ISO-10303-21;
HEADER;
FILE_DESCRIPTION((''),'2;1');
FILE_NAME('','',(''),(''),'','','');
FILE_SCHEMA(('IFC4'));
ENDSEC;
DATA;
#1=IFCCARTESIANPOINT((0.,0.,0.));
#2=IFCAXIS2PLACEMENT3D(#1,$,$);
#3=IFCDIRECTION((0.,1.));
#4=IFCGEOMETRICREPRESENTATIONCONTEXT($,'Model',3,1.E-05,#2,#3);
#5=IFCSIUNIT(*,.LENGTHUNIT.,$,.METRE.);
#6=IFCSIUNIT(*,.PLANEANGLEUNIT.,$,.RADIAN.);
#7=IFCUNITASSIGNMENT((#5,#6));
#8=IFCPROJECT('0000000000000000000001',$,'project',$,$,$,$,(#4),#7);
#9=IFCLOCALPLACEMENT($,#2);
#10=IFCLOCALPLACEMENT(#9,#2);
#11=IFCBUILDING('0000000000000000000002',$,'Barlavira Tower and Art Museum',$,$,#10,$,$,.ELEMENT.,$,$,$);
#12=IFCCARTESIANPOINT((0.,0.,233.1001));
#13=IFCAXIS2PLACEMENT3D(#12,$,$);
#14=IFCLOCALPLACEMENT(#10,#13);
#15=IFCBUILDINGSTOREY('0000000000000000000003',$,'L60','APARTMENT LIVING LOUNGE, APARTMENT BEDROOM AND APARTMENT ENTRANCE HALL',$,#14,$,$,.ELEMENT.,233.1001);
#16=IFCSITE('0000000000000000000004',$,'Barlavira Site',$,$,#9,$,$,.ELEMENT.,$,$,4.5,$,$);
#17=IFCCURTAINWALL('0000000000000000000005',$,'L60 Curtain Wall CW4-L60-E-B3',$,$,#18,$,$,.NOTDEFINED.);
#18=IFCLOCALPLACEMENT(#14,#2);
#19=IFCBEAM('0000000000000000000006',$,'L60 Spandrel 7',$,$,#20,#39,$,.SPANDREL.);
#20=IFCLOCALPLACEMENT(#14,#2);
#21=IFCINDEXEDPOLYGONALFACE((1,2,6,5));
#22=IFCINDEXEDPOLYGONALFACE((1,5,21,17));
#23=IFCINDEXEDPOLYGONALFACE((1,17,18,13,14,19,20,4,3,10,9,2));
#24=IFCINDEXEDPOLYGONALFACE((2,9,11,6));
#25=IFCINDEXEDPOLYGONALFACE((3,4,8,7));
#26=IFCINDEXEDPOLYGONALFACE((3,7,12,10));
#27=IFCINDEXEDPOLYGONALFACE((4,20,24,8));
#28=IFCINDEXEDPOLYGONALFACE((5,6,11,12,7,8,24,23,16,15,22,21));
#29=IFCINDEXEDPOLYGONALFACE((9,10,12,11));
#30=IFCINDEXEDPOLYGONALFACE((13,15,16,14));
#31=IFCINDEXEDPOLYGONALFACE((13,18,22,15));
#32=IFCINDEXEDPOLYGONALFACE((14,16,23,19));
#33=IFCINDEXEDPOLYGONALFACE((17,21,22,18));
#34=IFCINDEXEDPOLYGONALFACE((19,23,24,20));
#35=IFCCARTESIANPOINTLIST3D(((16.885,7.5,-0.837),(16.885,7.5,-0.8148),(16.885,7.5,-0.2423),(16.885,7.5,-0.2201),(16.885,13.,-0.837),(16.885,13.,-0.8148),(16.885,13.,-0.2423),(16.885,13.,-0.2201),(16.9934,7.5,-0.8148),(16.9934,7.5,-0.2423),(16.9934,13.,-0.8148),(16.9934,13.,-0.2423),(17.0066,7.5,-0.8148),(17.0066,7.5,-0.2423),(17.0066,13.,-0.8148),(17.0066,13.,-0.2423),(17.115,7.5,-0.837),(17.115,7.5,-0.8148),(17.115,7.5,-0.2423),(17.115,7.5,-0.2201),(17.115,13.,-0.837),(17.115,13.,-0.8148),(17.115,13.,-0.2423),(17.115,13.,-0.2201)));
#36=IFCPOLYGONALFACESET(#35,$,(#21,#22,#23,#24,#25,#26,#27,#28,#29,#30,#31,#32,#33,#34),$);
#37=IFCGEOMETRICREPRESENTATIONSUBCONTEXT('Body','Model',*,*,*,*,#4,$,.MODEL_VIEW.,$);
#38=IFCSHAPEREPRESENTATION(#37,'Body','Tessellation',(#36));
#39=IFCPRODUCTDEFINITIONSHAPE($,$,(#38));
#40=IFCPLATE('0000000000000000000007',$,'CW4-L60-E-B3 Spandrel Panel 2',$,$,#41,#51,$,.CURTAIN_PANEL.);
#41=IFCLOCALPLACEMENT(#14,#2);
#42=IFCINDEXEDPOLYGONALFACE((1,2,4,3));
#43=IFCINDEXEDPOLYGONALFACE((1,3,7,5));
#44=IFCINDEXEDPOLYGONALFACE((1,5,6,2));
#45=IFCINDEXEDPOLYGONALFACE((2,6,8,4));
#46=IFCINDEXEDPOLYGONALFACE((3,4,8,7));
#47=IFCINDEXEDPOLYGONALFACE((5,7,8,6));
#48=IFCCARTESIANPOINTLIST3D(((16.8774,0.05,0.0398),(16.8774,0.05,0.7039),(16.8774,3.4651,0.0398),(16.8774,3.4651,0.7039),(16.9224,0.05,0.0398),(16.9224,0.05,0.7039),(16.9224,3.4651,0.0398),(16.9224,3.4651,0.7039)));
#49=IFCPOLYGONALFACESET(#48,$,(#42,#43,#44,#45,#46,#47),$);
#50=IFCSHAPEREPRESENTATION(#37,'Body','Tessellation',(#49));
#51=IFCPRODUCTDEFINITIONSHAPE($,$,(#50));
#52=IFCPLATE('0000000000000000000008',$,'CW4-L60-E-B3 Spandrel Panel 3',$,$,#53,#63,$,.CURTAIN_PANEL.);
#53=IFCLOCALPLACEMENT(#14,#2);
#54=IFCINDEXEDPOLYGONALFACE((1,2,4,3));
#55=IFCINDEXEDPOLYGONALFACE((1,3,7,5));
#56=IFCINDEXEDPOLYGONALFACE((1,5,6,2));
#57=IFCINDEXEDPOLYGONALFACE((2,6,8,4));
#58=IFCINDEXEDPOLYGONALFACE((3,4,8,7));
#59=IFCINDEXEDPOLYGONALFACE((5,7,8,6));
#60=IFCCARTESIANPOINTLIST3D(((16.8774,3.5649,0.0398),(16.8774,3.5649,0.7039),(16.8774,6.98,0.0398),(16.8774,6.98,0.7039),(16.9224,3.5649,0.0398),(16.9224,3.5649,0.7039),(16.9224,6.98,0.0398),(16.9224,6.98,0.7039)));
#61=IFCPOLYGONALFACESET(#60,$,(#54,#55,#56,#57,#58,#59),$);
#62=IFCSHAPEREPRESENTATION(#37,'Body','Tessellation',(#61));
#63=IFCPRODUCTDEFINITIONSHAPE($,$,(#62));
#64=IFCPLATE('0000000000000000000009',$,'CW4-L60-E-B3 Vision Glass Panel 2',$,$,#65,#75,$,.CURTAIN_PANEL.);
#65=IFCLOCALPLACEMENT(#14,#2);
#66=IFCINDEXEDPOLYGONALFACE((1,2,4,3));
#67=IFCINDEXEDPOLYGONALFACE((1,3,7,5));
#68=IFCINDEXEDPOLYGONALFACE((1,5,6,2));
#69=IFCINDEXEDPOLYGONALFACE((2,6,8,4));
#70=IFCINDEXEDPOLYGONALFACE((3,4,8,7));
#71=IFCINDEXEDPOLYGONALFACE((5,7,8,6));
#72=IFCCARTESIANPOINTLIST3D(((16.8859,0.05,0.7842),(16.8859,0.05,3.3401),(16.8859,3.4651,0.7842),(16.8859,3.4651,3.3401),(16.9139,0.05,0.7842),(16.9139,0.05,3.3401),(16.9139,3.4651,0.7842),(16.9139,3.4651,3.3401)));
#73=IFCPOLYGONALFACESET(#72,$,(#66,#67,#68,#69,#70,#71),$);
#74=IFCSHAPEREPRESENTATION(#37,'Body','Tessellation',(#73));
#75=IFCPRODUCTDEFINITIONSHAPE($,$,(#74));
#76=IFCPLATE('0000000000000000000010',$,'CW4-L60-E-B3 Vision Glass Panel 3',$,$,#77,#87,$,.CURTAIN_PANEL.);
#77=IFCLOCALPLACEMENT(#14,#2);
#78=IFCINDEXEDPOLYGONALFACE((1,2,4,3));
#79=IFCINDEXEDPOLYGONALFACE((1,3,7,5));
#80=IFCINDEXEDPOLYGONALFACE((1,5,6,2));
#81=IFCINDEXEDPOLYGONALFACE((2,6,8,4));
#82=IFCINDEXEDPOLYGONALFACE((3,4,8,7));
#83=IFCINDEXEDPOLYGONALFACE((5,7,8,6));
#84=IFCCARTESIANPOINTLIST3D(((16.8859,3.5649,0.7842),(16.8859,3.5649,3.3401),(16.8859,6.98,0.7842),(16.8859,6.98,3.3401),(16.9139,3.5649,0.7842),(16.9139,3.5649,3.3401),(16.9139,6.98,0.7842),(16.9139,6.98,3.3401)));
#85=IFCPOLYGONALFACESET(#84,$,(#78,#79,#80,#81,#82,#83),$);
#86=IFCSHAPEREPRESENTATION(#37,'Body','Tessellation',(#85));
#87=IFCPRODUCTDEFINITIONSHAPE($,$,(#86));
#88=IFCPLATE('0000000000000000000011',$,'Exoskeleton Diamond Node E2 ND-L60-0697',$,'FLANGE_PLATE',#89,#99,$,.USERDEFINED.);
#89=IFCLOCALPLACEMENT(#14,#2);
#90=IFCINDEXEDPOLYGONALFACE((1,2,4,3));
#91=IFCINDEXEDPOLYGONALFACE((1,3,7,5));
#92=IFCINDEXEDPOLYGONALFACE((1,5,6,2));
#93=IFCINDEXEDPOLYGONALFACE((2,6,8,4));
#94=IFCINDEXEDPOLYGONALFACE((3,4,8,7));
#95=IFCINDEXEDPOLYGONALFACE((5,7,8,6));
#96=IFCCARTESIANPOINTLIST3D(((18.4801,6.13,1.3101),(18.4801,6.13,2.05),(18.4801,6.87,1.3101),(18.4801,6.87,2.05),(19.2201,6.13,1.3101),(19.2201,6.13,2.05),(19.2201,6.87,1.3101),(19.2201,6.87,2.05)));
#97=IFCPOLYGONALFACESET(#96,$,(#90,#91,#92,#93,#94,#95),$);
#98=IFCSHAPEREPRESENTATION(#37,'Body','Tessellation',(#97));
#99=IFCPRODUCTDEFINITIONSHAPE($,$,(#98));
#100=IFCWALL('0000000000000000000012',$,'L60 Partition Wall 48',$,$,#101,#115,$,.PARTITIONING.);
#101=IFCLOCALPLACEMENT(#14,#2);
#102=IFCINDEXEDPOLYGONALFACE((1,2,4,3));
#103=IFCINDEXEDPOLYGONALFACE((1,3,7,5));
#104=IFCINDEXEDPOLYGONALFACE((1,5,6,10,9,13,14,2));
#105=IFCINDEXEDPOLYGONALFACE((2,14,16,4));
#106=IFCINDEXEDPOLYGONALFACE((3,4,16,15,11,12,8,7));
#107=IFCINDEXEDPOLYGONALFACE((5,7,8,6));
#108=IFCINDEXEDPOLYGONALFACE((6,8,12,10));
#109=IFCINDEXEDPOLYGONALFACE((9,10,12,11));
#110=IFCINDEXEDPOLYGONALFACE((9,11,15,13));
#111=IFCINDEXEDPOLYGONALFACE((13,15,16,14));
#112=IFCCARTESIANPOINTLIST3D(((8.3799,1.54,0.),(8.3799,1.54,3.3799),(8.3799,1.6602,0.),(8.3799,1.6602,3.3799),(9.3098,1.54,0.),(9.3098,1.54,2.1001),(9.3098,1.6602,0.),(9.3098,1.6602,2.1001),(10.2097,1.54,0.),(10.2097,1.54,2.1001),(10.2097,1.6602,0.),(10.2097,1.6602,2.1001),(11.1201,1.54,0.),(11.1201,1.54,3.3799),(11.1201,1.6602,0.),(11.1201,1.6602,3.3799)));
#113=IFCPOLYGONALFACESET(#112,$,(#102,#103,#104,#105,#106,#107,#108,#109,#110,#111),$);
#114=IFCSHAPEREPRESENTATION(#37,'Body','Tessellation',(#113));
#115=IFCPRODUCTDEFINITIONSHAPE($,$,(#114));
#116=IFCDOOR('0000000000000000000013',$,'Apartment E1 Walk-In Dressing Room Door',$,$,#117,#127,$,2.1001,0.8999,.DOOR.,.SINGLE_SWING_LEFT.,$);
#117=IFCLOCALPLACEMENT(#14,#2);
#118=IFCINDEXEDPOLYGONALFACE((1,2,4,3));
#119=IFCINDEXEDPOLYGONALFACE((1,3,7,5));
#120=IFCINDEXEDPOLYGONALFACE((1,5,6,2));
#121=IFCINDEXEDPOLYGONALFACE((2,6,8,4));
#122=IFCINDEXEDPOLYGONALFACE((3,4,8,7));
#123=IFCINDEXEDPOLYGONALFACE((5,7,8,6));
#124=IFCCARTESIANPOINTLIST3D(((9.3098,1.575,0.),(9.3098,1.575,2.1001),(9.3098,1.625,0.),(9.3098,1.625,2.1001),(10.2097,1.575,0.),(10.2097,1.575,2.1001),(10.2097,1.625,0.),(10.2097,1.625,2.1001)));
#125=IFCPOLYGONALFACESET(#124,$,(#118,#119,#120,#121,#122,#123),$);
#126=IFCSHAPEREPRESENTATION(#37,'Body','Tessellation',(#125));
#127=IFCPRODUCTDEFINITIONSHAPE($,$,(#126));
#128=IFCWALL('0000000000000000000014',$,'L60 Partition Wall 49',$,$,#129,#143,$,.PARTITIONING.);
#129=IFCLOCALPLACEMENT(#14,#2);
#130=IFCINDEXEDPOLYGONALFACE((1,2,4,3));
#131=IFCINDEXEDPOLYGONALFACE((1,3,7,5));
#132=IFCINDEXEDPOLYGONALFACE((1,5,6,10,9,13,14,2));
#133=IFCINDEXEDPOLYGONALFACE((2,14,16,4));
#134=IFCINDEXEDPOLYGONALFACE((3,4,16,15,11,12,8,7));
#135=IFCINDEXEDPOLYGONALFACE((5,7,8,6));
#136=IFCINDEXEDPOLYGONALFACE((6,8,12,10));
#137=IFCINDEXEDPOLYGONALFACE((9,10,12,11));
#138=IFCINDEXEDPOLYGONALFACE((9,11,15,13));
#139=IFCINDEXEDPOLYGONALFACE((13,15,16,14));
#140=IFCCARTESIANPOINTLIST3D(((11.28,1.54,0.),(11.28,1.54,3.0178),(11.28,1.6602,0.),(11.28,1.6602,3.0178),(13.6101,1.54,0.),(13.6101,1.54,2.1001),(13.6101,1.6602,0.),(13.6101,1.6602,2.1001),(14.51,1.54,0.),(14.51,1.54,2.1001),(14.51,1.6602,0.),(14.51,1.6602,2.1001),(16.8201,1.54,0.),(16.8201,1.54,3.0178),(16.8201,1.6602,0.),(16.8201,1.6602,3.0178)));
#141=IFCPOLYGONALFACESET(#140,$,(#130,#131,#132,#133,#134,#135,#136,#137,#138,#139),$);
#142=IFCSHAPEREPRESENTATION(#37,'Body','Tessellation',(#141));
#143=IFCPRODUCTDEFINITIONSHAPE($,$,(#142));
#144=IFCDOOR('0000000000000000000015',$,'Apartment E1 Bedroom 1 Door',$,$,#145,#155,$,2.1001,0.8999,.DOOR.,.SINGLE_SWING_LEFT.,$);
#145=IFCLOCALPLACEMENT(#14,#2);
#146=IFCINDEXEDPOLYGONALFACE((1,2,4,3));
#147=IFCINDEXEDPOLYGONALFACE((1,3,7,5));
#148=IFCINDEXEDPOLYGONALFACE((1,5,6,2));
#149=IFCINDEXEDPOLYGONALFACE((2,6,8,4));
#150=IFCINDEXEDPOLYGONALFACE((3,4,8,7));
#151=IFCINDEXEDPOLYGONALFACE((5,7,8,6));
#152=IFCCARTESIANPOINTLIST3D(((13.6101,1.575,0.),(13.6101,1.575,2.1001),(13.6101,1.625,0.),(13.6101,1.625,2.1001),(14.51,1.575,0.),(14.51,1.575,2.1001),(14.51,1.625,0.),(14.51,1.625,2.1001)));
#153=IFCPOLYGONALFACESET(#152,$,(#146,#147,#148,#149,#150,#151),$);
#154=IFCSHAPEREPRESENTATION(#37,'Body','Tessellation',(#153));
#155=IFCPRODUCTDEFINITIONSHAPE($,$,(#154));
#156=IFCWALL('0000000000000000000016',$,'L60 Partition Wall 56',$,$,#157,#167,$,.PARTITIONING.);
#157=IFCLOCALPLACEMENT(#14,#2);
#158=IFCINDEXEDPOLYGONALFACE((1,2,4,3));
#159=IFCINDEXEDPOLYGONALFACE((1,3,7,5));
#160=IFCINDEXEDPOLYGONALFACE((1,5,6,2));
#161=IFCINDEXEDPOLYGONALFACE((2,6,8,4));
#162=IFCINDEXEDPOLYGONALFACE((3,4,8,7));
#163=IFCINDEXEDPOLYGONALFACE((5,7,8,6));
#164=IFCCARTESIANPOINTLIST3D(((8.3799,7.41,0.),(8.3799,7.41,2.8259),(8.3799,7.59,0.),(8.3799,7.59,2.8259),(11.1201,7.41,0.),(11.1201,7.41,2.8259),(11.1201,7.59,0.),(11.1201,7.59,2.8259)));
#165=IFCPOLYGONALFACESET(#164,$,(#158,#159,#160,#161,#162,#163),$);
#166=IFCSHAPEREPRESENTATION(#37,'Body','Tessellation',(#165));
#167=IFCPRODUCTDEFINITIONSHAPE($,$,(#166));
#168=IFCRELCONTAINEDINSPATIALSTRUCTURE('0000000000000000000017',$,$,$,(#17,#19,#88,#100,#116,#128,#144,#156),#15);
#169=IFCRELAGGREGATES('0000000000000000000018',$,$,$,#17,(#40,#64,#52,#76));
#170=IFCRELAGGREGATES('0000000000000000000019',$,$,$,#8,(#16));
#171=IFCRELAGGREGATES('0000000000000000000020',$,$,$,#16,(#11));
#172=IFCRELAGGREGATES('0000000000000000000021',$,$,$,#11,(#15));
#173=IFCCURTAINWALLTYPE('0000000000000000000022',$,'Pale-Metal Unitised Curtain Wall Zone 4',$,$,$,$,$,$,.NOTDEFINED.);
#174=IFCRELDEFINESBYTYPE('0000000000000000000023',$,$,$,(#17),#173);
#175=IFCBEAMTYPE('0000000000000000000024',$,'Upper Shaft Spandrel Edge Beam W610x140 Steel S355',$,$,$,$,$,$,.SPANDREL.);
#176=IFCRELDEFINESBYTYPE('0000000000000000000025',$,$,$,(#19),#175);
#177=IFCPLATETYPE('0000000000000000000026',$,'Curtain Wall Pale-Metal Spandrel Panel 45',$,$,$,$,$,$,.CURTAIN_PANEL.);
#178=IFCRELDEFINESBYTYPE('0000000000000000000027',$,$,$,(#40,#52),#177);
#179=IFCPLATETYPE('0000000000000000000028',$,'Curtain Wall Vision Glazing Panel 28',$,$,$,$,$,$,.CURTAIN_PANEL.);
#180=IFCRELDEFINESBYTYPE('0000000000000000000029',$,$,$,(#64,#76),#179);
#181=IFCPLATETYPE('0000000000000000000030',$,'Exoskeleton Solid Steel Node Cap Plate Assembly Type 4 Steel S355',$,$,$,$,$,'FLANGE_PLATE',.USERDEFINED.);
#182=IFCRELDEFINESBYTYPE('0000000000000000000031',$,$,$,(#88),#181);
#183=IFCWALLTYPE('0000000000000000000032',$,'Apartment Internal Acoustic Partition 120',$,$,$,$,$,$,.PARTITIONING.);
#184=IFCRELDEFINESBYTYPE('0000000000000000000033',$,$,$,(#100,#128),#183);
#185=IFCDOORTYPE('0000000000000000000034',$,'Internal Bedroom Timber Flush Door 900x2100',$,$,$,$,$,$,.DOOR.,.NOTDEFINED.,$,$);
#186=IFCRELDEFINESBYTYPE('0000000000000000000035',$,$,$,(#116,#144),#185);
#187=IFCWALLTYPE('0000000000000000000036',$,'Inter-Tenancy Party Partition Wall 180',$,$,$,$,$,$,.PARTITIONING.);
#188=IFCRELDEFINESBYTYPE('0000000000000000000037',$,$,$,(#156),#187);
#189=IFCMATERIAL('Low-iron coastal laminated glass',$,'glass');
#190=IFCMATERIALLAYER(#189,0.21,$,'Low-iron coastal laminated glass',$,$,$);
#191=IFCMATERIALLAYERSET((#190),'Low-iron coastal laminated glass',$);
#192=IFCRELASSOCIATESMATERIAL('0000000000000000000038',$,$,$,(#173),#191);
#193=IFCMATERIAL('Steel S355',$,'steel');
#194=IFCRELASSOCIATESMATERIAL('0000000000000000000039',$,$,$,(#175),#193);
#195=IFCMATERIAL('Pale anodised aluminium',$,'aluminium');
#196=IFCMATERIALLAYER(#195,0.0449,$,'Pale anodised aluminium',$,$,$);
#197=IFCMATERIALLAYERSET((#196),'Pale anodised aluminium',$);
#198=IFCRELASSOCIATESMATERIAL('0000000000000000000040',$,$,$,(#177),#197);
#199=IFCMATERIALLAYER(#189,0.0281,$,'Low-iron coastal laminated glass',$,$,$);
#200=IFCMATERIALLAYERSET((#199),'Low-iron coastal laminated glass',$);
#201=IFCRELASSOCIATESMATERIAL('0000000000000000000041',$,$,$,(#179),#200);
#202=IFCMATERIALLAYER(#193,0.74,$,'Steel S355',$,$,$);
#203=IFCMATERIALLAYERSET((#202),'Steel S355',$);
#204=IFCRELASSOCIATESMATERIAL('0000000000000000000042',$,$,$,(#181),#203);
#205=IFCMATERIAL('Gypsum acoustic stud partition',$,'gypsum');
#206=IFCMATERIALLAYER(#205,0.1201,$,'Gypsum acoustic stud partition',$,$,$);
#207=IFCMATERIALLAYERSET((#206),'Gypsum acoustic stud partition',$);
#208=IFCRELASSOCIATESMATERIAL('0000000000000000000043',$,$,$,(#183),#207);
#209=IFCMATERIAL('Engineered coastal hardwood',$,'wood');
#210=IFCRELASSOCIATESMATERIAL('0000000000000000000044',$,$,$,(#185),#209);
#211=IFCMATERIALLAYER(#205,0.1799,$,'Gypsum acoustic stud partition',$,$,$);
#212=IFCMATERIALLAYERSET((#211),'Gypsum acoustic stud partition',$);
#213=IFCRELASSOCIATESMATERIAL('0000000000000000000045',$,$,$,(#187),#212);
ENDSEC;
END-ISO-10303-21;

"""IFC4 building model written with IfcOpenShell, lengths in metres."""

from ifc_helpers import new_model, si_unit, direction, frame, frame_2d, origin, origin_2d, place, context, subcontext, project, spatial, rectangle, i_section, extrude, material, layer, layer_set, material_profile, profile_set, type_object, element, fill, aggregate, save


model = new_model("IFC4")

# Units and contexts
model_context = context("Model", 3, precision=1e-05, world=origin(), true_north=direction((0.0, 1.0)))
body_context = subcontext(model_context, "Body", "Model", "MODEL_VIEW")
ifc_project = project(units=[si_unit("LENGTHUNIT", "METRE"), si_unit("PLANEANGLEUNIT", "RADIAN")], contexts=[model_context])

# Site, building, storey
site_placement = place(None, origin())
site = spatial("IfcSite", under=ifc_project, at=site_placement, Name="Barlavira Site", CompositionType="ELEMENT", RefElevation=4.5)
building_placement = place(site_placement, origin())
building = spatial("IfcBuilding", under=site, at=building_placement, Name="Barlavira Tower and Art Museum", CompositionType="ELEMENT")
storey_placement = place(building_placement, frame((0.0, 0.0, 233.1001)))
storey = spatial("IfcBuildingStorey", under=building, at=storey_placement, Name="L60", Description="APARTMENT LIVING LOUNGE, APARTMENT BEDROOM AND APARTMENT ENTRANCE HALL", CompositionType="ELEMENT", Elevation=233.1001)

# Curtain wall
ifc_material_1 = material(Name="Low-iron coastal laminated glass", Category="glass")
ifc_layer_1 = layer(ifc_material_1, 0.21, Name="Low-iron coastal laminated glass")
ifc_layer_set_1 = layer_set([ifc_layer_1], Name="Low-iron coastal laminated glass")
curtain_wall_type = type_object("IfcCurtainWallType", Name="Pale-Metal Unitised Curtain Wall Zone 4", PredefinedType="NOTDEFINED", material=ifc_layer_set_1)
curtain_wall_placement = place(storey_placement, origin())
curtain_wall = element("IfcCurtainWall", 1, at=curtain_wall_placement, inside=storey, type_object=curtain_wall_type, Name="L60 Curtain Wall CW4-L60-E-B3", PredefinedType="NOTDEFINED")
ifc_material_2 = material(Name="Pale anodised aluminium", Category="aluminium")

# Beam
ifc_material_3 = material(Name="Steel S355", Category="steel")
ifc_material_profile_1 = material_profile(ifc_material_3, i_section(OverallWidth=0.23, OverallDepth=0.6169, WebThickness=0.0132, FlangeThickness=0.0222, at=origin_2d()), Name="W610x140.0")
ifc_profile_set_1 = profile_set([ifc_material_profile_1], Name="Steel S355")
beam_type = type_object("IfcBeamType", Name="Upper Shaft Spandrel Edge Beam W610x140 Steel S355", PredefinedType="SPANDREL", material=ifc_profile_set_1)
beam_placement = place(storey_placement, frame((17.0, 7.5, -0.5286), z_axis=(0.0, 1.0, 0.0), x_axis=(-1.0, 0.0, 0.0)))
element("IfcBeam", 2, at=beam_placement, inside=storey, type_object=beam_type, Name="L60 Spandrel 7", PredefinedType="SPANDREL", context=body_context, shape_type="SweptSolid", body=[
    extrude(i_section(OverallWidth=0.23, OverallDepth=0.6169, WebThickness=0.0132, FlangeThickness=0.0222, at=origin_2d()), origin(), (0.0, 0.0, 1.0), 5.5),
])

# Plates
ifc_layer_2 = layer(ifc_material_2, 0.0449, Name="Pale anodised aluminium")
ifc_layer_set_2 = layer_set([ifc_layer_2], Name="Pale anodised aluminium")
plate_type_1 = type_object("IfcPlateType", Name="Curtain Wall Pale-Metal Spandrel Panel 45", PredefinedType="CURTAIN_PANEL", material=ifc_layer_set_2)
plate_1_placement = place(storey_placement, frame((16.8999, 1.7576, 0.0398), z_axis=(0.0, 0.0, 1.0), x_axis=(0.0, 1.0, 0.0)))
plate_1 = element("IfcPlate", 3, at=plate_1_placement, type_object=plate_type_1, Name="CW4-L60-E-B3 Spandrel Panel 2", PredefinedType="CURTAIN_PANEL", context=body_context, shape_type="SweptSolid", body=[
    extrude(rectangle(XDim=3.415, YDim=0.0449, at=origin_2d()), origin(), (0.0, 0.0, 1.0), 0.6641),
])
plate_2_placement = place(storey_placement, frame((16.8999, 5.2725, 0.0398), z_axis=(0.0, 0.0, 1.0), x_axis=(0.0, 1.0, 0.0)))
plate_2 = element("IfcPlate", 4, at=plate_2_placement, type_object=plate_type_1, Name="CW4-L60-E-B3 Spandrel Panel 3", PredefinedType="CURTAIN_PANEL", context=body_context, shape_type="SweptSolid", body=[
    extrude(rectangle(XDim=3.415, YDim=0.0449, at=origin_2d()), origin(), (0.0, 0.0, 1.0), 0.6641),
])
ifc_layer_3 = layer(ifc_material_1, 0.0281, Name="Low-iron coastal laminated glass")
ifc_layer_set_3 = layer_set([ifc_layer_3], Name="Low-iron coastal laminated glass")
plate_type_2 = type_object("IfcPlateType", Name="Curtain Wall Vision Glazing Panel 28", PredefinedType="CURTAIN_PANEL", material=ifc_layer_set_3)
plate_3_placement = place(storey_placement, frame((16.8999, 1.7576, 0.7842), z_axis=(0.0, 0.0, 1.0), x_axis=(0.0, 1.0, 0.0)))
plate_3 = element("IfcPlate", 5, at=plate_3_placement, type_object=plate_type_2, Name="CW4-L60-E-B3 Vision Glass Panel 2", PredefinedType="CURTAIN_PANEL", context=body_context, shape_type="SweptSolid", body=[
    extrude(rectangle(XDim=3.415, YDim=0.0281, at=origin_2d()), origin(), (0.0, 0.0, 1.0), 2.5559),
])
plate_4_placement = place(storey_placement, frame((16.8999, 5.2725, 0.7842), z_axis=(0.0, 0.0, 1.0), x_axis=(0.0, 1.0, 0.0)))
plate_4 = element("IfcPlate", 6, at=plate_4_placement, type_object=plate_type_2, Name="CW4-L60-E-B3 Vision Glass Panel 3", PredefinedType="CURTAIN_PANEL", context=body_context, shape_type="SweptSolid", body=[
    extrude(rectangle(XDim=3.415, YDim=0.0281, at=origin_2d()), origin(), (0.0, 0.0, 1.0), 2.5559),
])
aggregate(curtain_wall, [plate_1, plate_3, plate_2, plate_4])
ifc_layer_4 = layer(ifc_material_3, 0.74, Name="Steel S355")
ifc_layer_set_4 = layer_set([ifc_layer_4], Name="Steel S355")
plate_type_3 = type_object("IfcPlateType", Name="Exoskeleton Solid Steel Node Cap Plate Assembly Type 4 Steel S355", ElementType="FLANGE_PLATE", PredefinedType="USERDEFINED", material=ifc_layer_set_4)
plate_5_placement = place(storey_placement, frame((18.8501, 6.5, 1.3101), z_axis=(0.0, 0.0, 1.0), x_axis=(1.0, 0.0, 0.0)))
element("IfcPlate", 7, at=plate_5_placement, inside=storey, type_object=plate_type_3, Name="Exoskeleton Diamond Node E2 ND-L60-0697", ObjectType="FLANGE_PLATE", PredefinedType="USERDEFINED", context=body_context, shape_type="SweptSolid", body=[
    extrude(rectangle(XDim=0.74, YDim=0.74, at=origin_2d()), origin(), (0.0, 0.0, 1.0), 0.74),
])

# Walls, openings, doors
ifc_material_4 = material(Name="Gypsum acoustic stud partition", Category="gypsum")
ifc_layer_5 = layer(ifc_material_4, 0.1201, Name="Gypsum acoustic stud partition")
ifc_layer_set_5 = layer_set([ifc_layer_5], Name="Gypsum acoustic stud partition")
wall_type_1 = type_object("IfcWallType", Name="Apartment Internal Acoustic Partition 120", PredefinedType="PARTITIONING", material=ifc_layer_set_5)
wall_1_placement = place(storey_placement, frame((8.3799, 1.6001, 0.0), z_axis=(0.0, 0.0, 1.0), x_axis=(1.0, 0.0, 0.0)))
wall_1 = element("IfcWall", 8, at=wall_1_placement, inside=storey, type_object=wall_type_1, Name="L60 Partition Wall 48", PredefinedType="PARTITIONING", context=body_context, shape_type="SweptSolid", body=[
    extrude(rectangle(XDim=2.7402, YDim=0.1201, at=frame_2d((1.3701, 0.0))), origin(), (0.0, 0.0, 1.0), 3.3799),
])
opening_1_placement = place(wall_1_placement, frame((0.9299, 0.0, 0.0)))
opening_1 = element("IfcOpeningElement", 9, at=opening_1_placement, cuts=wall_1, PredefinedType="OPENING", context=body_context, shape_type="SweptSolid", body=[
    extrude(rectangle(XDim=0.8999, YDim=2.1001, at=frame_2d((0.45, 1.05))), frame((0.0, 0.0701, 0.0), z_axis=(0.0, -1.0, 0.0), x_axis=(1.0, 0.0, 0.0)), (0.0, 0.0, 1.0), 0.1401),
])
ifc_material_5 = material(Name="Engineered coastal hardwood", Category="wood")
door_type = type_object("IfcDoorType", Name="Internal Bedroom Timber Flush Door 900x2100", OperationType="NOTDEFINED", PredefinedType="DOOR", material=ifc_material_5)
door_1_placement = place(opening_1_placement, origin())
door_1 = element("IfcDoor", 10, at=door_1_placement, inside=storey, type_object=door_type, Name="Apartment E1 Walk-In Dressing Room Door", OperationType="SINGLE_SWING_LEFT", OverallHeight=2.1001, OverallWidth=0.8999, PredefinedType="DOOR", context=body_context, shape_type="SweptSolid", body=[
    extrude(rectangle(XDim=0.8999, YDim=2.1001, at=frame_2d((0.45, 1.05))), frame((0.0, 0.0249, 0.0), z_axis=(0.0, -1.0, 0.0), x_axis=(1.0, 0.0, 0.0)), (0.0, 0.0, 1.0), 0.05),
])
fill(opening_1, door_1)
wall_2_placement = place(storey_placement, frame((11.28, 1.6001, 0.0), z_axis=(0.0, 0.0, 1.0), x_axis=(1.0, 0.0, 0.0)))
wall_2 = element("IfcWall", 11, at=wall_2_placement, inside=storey, type_object=wall_type_1, Name="L60 Partition Wall 49", PredefinedType="PARTITIONING", context=body_context, shape_type="SweptSolid", body=[
    extrude(rectangle(XDim=5.54, YDim=0.1201, at=frame_2d((2.77, 0.0))), origin(), (0.0, 0.0, 1.0), 3.0178),
])
opening_2_placement = place(wall_2_placement, frame((2.3301, 0.0, 0.0)))
opening_2 = element("IfcOpeningElement", 12, at=opening_2_placement, cuts=wall_2, PredefinedType="OPENING", context=body_context, shape_type="SweptSolid", body=[
    extrude(rectangle(XDim=0.8999, YDim=2.1001, at=frame_2d((0.45, 1.05))), frame((0.0, 0.0701, 0.0), z_axis=(0.0, -1.0, 0.0), x_axis=(1.0, 0.0, 0.0)), (0.0, 0.0, 1.0), 0.1401),
])
door_2_placement = place(opening_2_placement, origin())
door_2 = element("IfcDoor", 13, at=door_2_placement, inside=storey, type_object=door_type, Name="Apartment E1 Bedroom 1 Door", OperationType="SINGLE_SWING_LEFT", OverallHeight=2.1001, OverallWidth=0.8999, PredefinedType="DOOR", context=body_context, shape_type="SweptSolid", body=[
    extrude(rectangle(XDim=0.8999, YDim=2.1001, at=frame_2d((0.45, 1.05))), frame((0.0, 0.0249, 0.0), z_axis=(0.0, -1.0, 0.0), x_axis=(1.0, 0.0, 0.0)), (0.0, 0.0, 1.0), 0.05),
])
fill(opening_2, door_2)

# Wall
ifc_layer_6 = layer(ifc_material_4, 0.1799, Name="Gypsum acoustic stud partition")
ifc_layer_set_6 = layer_set([ifc_layer_6], Name="Gypsum acoustic stud partition")
wall_type_2 = type_object("IfcWallType", Name="Inter-Tenancy Party Partition Wall 180", PredefinedType="PARTITIONING", material=ifc_layer_set_6)
wall_3_placement = place(storey_placement, frame((8.3799, 7.5, 0.0), z_axis=(0.0, 0.0, 1.0), x_axis=(1.0, 0.0, 0.0)))
element("IfcWall", 14, at=wall_3_placement, inside=storey, type_object=wall_type_2, Name="L60 Partition Wall 56", PredefinedType="PARTITIONING", context=body_context, shape_type="SweptSolid", body=[
    extrude(rectangle(XDim=2.7402, YDim=0.1799, at=frame_2d((1.3701, 0.0))), origin(), (0.0, 0.0, 1.0), 2.8259),
])

save(model, "model.ifc")
